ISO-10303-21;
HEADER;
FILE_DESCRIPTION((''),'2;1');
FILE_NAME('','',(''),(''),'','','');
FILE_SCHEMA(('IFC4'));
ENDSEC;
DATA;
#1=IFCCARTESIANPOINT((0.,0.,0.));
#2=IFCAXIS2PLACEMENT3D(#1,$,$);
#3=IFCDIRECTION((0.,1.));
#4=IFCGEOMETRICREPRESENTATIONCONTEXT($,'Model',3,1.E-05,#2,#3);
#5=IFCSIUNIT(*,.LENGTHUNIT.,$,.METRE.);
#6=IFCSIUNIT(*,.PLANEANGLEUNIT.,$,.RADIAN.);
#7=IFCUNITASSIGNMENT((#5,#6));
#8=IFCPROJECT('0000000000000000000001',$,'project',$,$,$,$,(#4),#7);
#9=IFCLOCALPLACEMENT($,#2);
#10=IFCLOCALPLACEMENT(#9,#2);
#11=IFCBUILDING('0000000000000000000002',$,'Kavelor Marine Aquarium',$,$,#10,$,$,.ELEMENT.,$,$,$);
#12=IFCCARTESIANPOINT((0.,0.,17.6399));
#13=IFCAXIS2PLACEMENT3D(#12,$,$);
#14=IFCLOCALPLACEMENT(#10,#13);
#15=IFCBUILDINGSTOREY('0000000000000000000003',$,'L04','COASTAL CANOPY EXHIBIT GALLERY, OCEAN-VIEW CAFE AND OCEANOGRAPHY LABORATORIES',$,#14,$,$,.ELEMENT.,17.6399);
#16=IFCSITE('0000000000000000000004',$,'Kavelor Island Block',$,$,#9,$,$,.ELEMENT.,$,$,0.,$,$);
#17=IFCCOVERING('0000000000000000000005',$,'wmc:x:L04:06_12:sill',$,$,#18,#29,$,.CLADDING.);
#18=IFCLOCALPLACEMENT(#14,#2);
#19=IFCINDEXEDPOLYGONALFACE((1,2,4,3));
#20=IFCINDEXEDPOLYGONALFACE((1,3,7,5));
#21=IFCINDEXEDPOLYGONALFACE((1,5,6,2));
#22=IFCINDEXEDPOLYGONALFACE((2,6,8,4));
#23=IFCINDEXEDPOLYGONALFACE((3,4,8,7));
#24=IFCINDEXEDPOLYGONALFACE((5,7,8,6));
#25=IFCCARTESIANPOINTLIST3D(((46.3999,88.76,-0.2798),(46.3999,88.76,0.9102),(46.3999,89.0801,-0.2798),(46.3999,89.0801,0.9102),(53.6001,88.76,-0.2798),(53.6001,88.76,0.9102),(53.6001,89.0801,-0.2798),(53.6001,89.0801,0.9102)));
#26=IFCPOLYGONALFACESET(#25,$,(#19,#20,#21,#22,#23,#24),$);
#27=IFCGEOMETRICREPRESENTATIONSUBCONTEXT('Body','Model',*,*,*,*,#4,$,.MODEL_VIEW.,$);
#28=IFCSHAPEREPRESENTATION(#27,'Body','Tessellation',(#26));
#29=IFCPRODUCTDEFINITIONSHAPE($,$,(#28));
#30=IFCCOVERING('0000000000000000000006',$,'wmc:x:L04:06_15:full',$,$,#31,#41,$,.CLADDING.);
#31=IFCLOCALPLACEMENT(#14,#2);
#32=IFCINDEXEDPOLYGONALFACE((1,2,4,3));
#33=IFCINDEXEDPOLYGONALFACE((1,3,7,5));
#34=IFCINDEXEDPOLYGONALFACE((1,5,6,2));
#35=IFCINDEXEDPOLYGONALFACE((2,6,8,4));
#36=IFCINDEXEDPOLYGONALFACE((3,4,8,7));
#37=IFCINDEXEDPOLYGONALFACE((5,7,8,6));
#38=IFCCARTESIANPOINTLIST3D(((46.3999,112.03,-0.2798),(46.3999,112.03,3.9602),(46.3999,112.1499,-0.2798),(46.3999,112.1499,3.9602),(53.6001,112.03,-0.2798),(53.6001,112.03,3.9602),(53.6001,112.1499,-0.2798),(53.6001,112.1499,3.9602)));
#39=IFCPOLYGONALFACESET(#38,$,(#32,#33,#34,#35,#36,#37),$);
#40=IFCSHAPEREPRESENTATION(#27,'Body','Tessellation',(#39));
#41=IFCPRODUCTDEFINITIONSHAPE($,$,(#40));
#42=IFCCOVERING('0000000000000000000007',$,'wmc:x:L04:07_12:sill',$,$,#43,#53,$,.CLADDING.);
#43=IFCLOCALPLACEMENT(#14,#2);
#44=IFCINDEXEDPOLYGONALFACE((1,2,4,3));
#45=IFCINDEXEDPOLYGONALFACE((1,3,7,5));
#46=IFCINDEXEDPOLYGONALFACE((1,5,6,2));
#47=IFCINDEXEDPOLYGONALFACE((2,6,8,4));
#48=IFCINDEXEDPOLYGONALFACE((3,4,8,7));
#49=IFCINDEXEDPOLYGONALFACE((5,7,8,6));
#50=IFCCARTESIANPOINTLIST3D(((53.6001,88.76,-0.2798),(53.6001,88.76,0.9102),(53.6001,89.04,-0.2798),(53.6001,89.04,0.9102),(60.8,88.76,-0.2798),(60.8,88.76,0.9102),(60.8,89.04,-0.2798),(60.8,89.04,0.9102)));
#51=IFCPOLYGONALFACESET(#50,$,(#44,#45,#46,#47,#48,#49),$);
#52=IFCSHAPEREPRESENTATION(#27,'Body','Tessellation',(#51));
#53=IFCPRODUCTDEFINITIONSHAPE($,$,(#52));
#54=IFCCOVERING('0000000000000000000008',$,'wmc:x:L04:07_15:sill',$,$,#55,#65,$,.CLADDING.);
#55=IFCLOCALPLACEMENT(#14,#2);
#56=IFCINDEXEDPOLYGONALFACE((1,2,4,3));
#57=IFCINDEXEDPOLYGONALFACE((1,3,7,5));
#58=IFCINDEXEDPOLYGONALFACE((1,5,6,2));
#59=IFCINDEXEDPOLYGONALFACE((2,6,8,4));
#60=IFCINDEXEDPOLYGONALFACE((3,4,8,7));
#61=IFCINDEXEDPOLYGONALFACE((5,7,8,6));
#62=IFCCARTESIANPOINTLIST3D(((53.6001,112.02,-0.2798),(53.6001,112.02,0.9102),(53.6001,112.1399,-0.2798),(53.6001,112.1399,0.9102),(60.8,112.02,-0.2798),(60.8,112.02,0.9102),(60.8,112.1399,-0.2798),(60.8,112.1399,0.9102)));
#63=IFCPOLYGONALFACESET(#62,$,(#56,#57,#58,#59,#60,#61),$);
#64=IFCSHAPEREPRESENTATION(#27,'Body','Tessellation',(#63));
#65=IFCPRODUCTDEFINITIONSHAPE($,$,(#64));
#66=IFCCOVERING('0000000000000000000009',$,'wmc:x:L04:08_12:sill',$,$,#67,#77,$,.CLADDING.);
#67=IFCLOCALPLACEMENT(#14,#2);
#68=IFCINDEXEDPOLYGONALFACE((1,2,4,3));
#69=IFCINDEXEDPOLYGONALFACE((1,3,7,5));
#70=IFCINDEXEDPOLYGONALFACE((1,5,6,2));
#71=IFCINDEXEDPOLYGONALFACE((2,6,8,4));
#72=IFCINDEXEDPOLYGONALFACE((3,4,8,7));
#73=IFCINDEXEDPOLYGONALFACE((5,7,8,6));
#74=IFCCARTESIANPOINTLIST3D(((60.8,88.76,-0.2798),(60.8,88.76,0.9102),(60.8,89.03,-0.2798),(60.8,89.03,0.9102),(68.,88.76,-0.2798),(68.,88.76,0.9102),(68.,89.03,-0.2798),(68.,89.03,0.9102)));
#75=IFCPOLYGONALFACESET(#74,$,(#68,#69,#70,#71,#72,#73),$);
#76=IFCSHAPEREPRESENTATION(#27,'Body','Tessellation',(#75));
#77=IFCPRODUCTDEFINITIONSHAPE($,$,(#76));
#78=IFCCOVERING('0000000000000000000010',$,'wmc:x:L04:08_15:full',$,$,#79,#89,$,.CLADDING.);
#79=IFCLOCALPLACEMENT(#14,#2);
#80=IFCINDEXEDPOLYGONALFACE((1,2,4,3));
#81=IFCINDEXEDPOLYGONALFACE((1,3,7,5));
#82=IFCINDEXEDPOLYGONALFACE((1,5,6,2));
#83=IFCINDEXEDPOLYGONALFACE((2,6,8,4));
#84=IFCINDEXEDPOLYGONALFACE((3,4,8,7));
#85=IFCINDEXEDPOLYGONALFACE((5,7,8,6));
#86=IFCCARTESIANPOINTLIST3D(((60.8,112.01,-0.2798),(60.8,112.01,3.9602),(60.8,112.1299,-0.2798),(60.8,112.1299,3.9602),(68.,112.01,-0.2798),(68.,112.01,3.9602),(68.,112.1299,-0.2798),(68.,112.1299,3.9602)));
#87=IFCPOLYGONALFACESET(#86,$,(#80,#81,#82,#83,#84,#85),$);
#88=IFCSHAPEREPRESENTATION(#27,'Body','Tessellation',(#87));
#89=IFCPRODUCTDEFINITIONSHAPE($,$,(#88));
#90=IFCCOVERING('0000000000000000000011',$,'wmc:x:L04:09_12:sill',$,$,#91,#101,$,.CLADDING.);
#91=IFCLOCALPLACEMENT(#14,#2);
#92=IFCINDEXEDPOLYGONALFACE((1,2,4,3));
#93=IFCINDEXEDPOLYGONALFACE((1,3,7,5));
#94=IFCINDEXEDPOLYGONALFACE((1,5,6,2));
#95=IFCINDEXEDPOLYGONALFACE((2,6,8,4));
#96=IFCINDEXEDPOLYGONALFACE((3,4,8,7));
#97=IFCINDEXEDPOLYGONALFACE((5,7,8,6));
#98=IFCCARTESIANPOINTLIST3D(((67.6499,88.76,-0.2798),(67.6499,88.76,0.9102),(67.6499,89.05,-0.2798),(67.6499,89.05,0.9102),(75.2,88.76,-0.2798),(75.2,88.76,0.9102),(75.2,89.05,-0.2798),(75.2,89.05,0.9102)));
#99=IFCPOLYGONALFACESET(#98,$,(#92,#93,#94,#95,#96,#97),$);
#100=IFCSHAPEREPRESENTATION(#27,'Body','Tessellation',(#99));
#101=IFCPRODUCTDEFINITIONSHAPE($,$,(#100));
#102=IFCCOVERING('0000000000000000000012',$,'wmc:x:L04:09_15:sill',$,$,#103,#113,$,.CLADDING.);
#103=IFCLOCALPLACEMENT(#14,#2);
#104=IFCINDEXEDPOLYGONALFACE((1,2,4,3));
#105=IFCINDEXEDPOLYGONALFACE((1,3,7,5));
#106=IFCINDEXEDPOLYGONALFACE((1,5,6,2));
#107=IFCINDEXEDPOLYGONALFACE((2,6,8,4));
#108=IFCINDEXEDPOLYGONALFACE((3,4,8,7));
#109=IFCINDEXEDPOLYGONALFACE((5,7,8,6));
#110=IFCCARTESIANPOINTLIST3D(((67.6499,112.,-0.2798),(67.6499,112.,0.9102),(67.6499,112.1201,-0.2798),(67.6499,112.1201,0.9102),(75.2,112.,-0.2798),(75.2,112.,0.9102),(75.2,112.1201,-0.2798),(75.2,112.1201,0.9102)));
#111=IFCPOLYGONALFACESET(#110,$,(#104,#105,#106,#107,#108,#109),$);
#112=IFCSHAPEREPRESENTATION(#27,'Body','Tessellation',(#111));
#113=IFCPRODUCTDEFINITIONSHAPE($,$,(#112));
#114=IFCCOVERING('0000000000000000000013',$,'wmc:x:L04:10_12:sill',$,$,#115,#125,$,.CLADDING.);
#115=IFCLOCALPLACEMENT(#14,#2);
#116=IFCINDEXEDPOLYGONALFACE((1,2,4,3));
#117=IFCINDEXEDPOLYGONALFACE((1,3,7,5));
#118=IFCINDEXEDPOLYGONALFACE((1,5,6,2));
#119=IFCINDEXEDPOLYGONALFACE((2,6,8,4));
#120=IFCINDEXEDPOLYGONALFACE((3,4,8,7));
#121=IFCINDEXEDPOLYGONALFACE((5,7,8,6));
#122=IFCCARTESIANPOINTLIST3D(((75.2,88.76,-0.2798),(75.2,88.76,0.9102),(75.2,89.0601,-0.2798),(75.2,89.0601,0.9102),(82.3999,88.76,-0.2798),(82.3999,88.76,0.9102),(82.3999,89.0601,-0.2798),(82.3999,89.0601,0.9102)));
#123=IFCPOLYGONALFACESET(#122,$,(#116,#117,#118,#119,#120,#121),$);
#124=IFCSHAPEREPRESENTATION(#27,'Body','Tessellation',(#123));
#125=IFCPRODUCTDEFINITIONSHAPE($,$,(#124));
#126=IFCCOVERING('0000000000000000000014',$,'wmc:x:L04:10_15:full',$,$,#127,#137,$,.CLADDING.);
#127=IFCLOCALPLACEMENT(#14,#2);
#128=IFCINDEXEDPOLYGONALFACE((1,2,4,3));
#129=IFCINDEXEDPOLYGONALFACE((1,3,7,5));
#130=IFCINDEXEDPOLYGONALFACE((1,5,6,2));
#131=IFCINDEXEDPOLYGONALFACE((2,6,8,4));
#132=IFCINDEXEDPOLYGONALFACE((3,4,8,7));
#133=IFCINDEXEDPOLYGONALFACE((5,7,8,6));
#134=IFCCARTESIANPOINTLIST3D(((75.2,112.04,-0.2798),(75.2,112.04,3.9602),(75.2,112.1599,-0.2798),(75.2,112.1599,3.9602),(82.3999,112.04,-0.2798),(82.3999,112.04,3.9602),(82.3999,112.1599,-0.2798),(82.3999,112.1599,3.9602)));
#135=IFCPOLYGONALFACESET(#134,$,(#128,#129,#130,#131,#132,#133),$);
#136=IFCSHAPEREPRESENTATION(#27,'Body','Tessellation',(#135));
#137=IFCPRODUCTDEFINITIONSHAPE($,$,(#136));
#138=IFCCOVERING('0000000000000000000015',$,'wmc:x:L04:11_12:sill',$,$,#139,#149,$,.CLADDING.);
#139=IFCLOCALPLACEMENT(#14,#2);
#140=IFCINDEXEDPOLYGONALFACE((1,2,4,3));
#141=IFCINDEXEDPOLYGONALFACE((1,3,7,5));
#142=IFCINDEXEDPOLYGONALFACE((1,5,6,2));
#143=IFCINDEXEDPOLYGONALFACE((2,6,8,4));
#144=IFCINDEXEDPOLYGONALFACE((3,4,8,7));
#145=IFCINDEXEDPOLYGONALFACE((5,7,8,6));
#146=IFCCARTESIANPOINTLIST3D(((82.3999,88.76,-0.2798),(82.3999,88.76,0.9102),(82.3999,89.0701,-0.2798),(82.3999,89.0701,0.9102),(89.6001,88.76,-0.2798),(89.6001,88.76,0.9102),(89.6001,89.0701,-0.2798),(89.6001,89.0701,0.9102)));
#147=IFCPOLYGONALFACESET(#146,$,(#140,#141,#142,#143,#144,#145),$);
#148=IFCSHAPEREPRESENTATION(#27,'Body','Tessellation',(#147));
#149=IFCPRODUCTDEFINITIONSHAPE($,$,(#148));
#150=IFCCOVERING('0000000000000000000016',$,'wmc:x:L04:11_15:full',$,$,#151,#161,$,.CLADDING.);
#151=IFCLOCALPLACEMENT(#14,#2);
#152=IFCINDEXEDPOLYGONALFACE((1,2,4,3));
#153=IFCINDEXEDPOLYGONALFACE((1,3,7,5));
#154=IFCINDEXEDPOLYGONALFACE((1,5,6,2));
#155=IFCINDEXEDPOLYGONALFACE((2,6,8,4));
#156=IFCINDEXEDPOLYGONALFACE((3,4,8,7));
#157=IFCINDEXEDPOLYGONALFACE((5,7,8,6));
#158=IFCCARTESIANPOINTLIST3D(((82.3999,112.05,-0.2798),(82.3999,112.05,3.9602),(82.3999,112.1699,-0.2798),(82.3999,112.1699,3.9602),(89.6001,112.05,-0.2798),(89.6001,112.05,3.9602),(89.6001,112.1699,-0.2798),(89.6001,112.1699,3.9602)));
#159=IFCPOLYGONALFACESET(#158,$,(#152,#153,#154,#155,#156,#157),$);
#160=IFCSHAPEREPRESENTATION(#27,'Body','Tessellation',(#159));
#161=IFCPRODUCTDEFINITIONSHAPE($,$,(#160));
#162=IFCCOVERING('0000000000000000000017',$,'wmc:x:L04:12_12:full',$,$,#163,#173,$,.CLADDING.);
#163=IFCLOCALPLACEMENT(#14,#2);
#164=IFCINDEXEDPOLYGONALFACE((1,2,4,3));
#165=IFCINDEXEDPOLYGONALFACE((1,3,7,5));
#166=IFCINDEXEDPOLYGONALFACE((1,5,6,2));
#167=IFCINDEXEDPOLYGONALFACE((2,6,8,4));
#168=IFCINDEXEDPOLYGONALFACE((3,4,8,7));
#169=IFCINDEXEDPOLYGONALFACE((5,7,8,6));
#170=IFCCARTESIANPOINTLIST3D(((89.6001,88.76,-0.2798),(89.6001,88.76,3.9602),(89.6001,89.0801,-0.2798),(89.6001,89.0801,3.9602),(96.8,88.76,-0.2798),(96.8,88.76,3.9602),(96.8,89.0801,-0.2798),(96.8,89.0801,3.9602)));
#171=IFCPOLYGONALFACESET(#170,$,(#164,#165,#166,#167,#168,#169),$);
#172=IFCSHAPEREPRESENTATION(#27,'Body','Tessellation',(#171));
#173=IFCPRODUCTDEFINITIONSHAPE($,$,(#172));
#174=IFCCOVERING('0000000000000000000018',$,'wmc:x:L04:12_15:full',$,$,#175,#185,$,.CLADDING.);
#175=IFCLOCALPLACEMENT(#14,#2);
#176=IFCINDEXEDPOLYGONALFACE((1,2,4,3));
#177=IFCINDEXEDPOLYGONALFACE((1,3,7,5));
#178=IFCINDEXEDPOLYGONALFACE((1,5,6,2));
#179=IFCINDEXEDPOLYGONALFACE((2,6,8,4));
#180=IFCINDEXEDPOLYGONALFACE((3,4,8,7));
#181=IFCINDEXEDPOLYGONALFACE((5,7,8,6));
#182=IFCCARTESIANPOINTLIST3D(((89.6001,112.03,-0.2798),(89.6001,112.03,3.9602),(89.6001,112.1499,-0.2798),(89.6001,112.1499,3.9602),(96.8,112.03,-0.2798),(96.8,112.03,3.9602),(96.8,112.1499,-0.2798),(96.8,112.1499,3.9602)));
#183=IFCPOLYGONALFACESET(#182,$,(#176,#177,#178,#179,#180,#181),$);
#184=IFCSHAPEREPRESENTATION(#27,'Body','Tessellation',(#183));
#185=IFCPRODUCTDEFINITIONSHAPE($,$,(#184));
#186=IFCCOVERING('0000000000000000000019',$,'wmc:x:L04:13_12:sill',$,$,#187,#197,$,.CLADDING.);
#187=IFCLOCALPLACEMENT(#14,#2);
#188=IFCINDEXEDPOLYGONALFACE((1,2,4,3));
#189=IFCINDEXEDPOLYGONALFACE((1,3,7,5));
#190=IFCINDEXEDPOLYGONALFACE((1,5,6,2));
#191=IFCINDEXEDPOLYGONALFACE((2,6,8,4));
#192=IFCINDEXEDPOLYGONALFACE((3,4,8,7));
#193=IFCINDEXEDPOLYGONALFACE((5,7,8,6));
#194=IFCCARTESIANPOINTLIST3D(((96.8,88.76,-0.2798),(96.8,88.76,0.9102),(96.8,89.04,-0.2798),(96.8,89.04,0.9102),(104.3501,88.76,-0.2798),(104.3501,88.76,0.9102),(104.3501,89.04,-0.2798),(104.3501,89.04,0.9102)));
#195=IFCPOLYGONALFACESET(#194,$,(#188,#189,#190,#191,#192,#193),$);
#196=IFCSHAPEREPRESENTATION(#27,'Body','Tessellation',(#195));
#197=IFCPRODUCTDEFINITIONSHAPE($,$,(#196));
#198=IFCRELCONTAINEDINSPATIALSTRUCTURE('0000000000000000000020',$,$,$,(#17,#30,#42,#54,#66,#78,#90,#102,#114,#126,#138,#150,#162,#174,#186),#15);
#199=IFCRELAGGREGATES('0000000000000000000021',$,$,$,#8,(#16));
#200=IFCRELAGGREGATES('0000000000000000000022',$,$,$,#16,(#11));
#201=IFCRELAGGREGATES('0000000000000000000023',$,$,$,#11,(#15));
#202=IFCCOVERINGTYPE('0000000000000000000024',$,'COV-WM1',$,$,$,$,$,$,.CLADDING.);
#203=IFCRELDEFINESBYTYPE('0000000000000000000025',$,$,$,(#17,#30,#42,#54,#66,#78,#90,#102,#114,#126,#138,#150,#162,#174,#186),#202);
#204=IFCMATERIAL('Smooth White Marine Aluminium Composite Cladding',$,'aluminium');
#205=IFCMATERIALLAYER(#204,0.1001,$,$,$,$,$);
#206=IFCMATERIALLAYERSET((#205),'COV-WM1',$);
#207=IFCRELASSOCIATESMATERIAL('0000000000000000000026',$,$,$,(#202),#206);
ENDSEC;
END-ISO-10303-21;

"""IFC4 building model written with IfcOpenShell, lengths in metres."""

from ifc_helpers import new_model, si_unit, direction, frame, origin, place, context, subcontext, project, spatial, polyline, outline, extrude, material, layer, layer_set, type_object, element, save


model = new_model("IFC4")

# Units and contexts
model_context = context("Model", 3, precision=1e-05, world=origin(), true_north=direction((0.0, 1.0)))
body_context = subcontext(model_context, "Body", "Model", "MODEL_VIEW")
ifc_project = project(units=[si_unit("LENGTHUNIT", "METRE"), si_unit("PLANEANGLEUNIT", "RADIAN")], contexts=[model_context])

# Site, building, storey
site_placement = place(None, origin())
site = spatial("IfcSite", under=ifc_project, at=site_placement, Name="Kavelor Island Block", CompositionType="ELEMENT", RefElevation=0.0)
building_placement = place(site_placement, origin())
building = spatial("IfcBuilding", under=site, at=building_placement, Name="Kavelor Marine Aquarium", CompositionType="ELEMENT")
storey_placement = place(building_placement, frame((0.0, 0.0, 17.6399)))
storey = spatial("IfcBuildingStorey", under=building, at=storey_placement, Name="L04", Description="COASTAL CANOPY EXHIBIT GALLERY, OCEAN-VIEW CAFE AND OCEANOGRAPHY LABORATORIES", CompositionType="ELEMENT", Elevation=17.6399)

# Coverings
ifc_material_1 = material(Name="Smooth White Marine Aluminium Composite Cladding", Category="aluminium")
ifc_layer_1 = layer(ifc_material_1, 0.1001)
ifc_layer_set_1 = layer_set([ifc_layer_1], Name="COV-WM1")
covering_type = type_object("IfcCoveringType", Name="COV-WM1", PredefinedType="CLADDING", material=ifc_layer_set_1)
covering_1_placement = place(storey_placement, frame((0.0, 0.0, -0.2798)))
element("IfcCovering", 1, at=covering_1_placement, inside=storey, type_object=covering_type, Name="wmc:x:L04:06_12:sill", PredefinedType="CLADDING", context=body_context, shape_type="SweptSolid", body=[
    extrude(outline(polyline([(46.3999, 88.76), (53.6001, 88.76), (53.6001, 89.0801), (46.3999, 89.0801), (46.3999, 88.76)])), origin(), (0.0, 0.0, 1.0), 1.1899),
])
covering_2_placement = place(storey_placement, frame((0.0, 0.0, -0.2798)))
element("IfcCovering", 2, at=covering_2_placement, inside=storey, type_object=covering_type, Name="wmc:x:L04:06_15:full", PredefinedType="CLADDING", context=body_context, shape_type="SweptSolid", body=[
    extrude(outline(polyline([(46.3999, 112.03), (53.6001, 112.03), (53.6001, 112.1499), (46.3999, 112.1499), (46.3999, 112.03)])), origin(), (0.0, 0.0, 1.0), 4.24),
])
covering_3_placement = place(storey_placement, frame((0.0, 0.0, -0.2798)))
element("IfcCovering", 3, at=covering_3_placement, inside=storey, type_object=covering_type, Name="wmc:x:L04:07_12:sill", PredefinedType="CLADDING", context=body_context, shape_type="SweptSolid", body=[
    extrude(outline(polyline([(53.6001, 88.76), (60.8, 88.76), (60.8, 89.04), (53.6001, 89.04), (53.6001, 88.76)])), origin(), (0.0, 0.0, 1.0), 1.1899),
])
covering_4_placement = place(storey_placement, frame((0.0, 0.0, -0.2798)))
element("IfcCovering", 4, at=covering_4_placement, inside=storey, type_object=covering_type, Name="wmc:x:L04:07_15:sill", PredefinedType="CLADDING", context=body_context, shape_type="SweptSolid", body=[
    extrude(outline(polyline([(53.6001, 112.02), (60.8, 112.02), (60.8, 112.1399), (53.6001, 112.1399), (53.6001, 112.02)])), origin(), (0.0, 0.0, 1.0), 1.1899),
])
covering_5_placement = place(storey_placement, frame((0.0, 0.0, -0.2798)))
element("IfcCovering", 5, at=covering_5_placement, inside=storey, type_object=covering_type, Name="wmc:x:L04:08_12:sill", PredefinedType="CLADDING", context=body_context, shape_type="SweptSolid", body=[
    extrude(outline(polyline([(60.8, 88.76), (68.0, 88.76), (68.0, 89.03), (60.8, 89.03), (60.8, 88.76)])), origin(), (0.0, 0.0, 1.0), 1.1899),
])
covering_6_placement = place(storey_placement, frame((0.0, 0.0, -0.2798)))
element("IfcCovering", 6, at=covering_6_placement, inside=storey, type_object=covering_type, Name="wmc:x:L04:08_15:full", PredefinedType="CLADDING", context=body_context, shape_type="SweptSolid", body=[
    extrude(outline(polyline([(60.8, 112.01), (68.0, 112.01), (68.0, 112.1299), (60.8, 112.1299), (60.8, 112.01)])), origin(), (0.0, 0.0, 1.0), 4.24),
])
covering_7_placement = place(storey_placement, frame((0.0, 0.0, -0.2798)))
element("IfcCovering", 7, at=covering_7_placement, inside=storey, type_object=covering_type, Name="wmc:x:L04:09_12:sill", PredefinedType="CLADDING", context=body_context, shape_type="SweptSolid", body=[
    extrude(outline(polyline([(67.6499, 88.76), (75.2, 88.76), (75.2, 89.05), (67.6499, 89.05), (67.6499, 88.76)])), origin(), (0.0, 0.0, 1.0), 1.1899),
])
covering_8_placement = place(storey_placement, frame((0.0, 0.0, -0.2798)))
element("IfcCovering", 8, at=covering_8_placement, inside=storey, type_object=covering_type, Name="wmc:x:L04:09_15:sill", PredefinedType="CLADDING", context=body_context, shape_type="SweptSolid", body=[
    extrude(outline(polyline([(67.6499, 112.0), (75.2, 112.0), (75.2, 112.1201), (67.6499, 112.1201), (67.6499, 112.0)])), origin(), (0.0, 0.0, 1.0), 1.1899),
])
covering_9_placement = place(storey_placement, frame((0.0, 0.0, -0.2798)))
element("IfcCovering", 9, at=covering_9_placement, inside=storey, type_object=covering_type, Name="wmc:x:L04:10_12:sill", PredefinedType="CLADDING", context=body_context, shape_type="SweptSolid", body=[
    extrude(outline(polyline([(75.2, 88.76), (82.3999, 88.76), (82.3999, 89.0601), (75.2, 89.0601), (75.2, 88.76)])), origin(), (0.0, 0.0, 1.0), 1.1899),
])
covering_10_placement = place(storey_placement, frame((0.0, 0.0, -0.2798)))
element("IfcCovering", 10, at=covering_10_placement, inside=storey, type_object=covering_type, Name="wmc:x:L04:10_15:full", PredefinedType="CLADDING", context=body_context, shape_type="SweptSolid", body=[
    extrude(outline(polyline([(75.2, 112.04), (82.3999, 112.04), (82.3999, 112.1599), (75.2, 112.1599), (75.2, 112.04)])), origin(), (0.0, 0.0, 1.0), 4.24),
])
covering_11_placement = place(storey_placement, frame((0.0, 0.0, -0.2798)))
element("IfcCovering", 11, at=covering_11_placement, inside=storey, type_object=covering_type, Name="wmc:x:L04:11_12:sill", PredefinedType="CLADDING", context=body_context, shape_type="SweptSolid", body=[
    extrude(outline(polyline([(82.3999, 88.76), (89.6001, 88.76), (89.6001, 89.0701), (82.3999, 89.0701), (82.3999, 88.76)])), origin(), (0.0, 0.0, 1.0), 1.1899),
])
covering_12_placement = place(storey_placement, frame((0.0, 0.0, -0.2798)))
element("IfcCovering", 12, at=covering_12_placement, inside=storey, type_object=covering_type, Name="wmc:x:L04:11_15:full", PredefinedType="CLADDING", context=body_context, shape_type="SweptSolid", body=[
    extrude(outline(polyline([(82.3999, 112.05), (89.6001, 112.05), (89.6001, 112.1699), (82.3999, 112.1699), (82.3999, 112.05)])), origin(), (0.0, 0.0, 1.0), 4.24),
])
covering_13_placement = place(storey_placement, frame((0.0, 0.0, -0.2798)))
element("IfcCovering", 13, at=covering_13_placement, inside=storey, type_object=covering_type, Name="wmc:x:L04:12_12:full", PredefinedType="CLADDING", context=body_context, shape_type="SweptSolid", body=[
    extrude(outline(polyline([(89.6001, 88.76), (96.8, 88.76), (96.8, 89.0801), (89.6001, 89.0801), (89.6001, 88.76)])), origin(), (0.0, 0.0, 1.0), 4.24),
])
covering_14_placement = place(storey_placement, frame((0.0, 0.0, -0.2798)))
element("IfcCovering", 14, at=covering_14_placement, inside=storey, type_object=covering_type, Name="wmc:x:L04:12_15:full", PredefinedType="CLADDING", context=body_context, shape_type="SweptSolid", body=[
    extrude(outline(polyline([(89.6001, 112.03), (96.8, 112.03), (96.8, 112.1499), (89.6001, 112.1499), (89.6001, 112.03)])), origin(), (0.0, 0.0, 1.0), 4.24),
])
covering_15_placement = place(storey_placement, frame((0.0, 0.0, -0.2798)))
element("IfcCovering", 15, at=covering_15_placement, inside=storey, type_object=covering_type, Name="wmc:x:L04:13_12:sill", PredefinedType="CLADDING", context=body_context, shape_type="SweptSolid", body=[
    extrude(outline(polyline([(96.8, 88.76), (104.3501, 88.76), (104.3501, 89.04), (96.8, 89.04), (96.8, 88.76)])), origin(), (0.0, 0.0, 1.0), 1.1899),
])

save(model, "model.ifc")
